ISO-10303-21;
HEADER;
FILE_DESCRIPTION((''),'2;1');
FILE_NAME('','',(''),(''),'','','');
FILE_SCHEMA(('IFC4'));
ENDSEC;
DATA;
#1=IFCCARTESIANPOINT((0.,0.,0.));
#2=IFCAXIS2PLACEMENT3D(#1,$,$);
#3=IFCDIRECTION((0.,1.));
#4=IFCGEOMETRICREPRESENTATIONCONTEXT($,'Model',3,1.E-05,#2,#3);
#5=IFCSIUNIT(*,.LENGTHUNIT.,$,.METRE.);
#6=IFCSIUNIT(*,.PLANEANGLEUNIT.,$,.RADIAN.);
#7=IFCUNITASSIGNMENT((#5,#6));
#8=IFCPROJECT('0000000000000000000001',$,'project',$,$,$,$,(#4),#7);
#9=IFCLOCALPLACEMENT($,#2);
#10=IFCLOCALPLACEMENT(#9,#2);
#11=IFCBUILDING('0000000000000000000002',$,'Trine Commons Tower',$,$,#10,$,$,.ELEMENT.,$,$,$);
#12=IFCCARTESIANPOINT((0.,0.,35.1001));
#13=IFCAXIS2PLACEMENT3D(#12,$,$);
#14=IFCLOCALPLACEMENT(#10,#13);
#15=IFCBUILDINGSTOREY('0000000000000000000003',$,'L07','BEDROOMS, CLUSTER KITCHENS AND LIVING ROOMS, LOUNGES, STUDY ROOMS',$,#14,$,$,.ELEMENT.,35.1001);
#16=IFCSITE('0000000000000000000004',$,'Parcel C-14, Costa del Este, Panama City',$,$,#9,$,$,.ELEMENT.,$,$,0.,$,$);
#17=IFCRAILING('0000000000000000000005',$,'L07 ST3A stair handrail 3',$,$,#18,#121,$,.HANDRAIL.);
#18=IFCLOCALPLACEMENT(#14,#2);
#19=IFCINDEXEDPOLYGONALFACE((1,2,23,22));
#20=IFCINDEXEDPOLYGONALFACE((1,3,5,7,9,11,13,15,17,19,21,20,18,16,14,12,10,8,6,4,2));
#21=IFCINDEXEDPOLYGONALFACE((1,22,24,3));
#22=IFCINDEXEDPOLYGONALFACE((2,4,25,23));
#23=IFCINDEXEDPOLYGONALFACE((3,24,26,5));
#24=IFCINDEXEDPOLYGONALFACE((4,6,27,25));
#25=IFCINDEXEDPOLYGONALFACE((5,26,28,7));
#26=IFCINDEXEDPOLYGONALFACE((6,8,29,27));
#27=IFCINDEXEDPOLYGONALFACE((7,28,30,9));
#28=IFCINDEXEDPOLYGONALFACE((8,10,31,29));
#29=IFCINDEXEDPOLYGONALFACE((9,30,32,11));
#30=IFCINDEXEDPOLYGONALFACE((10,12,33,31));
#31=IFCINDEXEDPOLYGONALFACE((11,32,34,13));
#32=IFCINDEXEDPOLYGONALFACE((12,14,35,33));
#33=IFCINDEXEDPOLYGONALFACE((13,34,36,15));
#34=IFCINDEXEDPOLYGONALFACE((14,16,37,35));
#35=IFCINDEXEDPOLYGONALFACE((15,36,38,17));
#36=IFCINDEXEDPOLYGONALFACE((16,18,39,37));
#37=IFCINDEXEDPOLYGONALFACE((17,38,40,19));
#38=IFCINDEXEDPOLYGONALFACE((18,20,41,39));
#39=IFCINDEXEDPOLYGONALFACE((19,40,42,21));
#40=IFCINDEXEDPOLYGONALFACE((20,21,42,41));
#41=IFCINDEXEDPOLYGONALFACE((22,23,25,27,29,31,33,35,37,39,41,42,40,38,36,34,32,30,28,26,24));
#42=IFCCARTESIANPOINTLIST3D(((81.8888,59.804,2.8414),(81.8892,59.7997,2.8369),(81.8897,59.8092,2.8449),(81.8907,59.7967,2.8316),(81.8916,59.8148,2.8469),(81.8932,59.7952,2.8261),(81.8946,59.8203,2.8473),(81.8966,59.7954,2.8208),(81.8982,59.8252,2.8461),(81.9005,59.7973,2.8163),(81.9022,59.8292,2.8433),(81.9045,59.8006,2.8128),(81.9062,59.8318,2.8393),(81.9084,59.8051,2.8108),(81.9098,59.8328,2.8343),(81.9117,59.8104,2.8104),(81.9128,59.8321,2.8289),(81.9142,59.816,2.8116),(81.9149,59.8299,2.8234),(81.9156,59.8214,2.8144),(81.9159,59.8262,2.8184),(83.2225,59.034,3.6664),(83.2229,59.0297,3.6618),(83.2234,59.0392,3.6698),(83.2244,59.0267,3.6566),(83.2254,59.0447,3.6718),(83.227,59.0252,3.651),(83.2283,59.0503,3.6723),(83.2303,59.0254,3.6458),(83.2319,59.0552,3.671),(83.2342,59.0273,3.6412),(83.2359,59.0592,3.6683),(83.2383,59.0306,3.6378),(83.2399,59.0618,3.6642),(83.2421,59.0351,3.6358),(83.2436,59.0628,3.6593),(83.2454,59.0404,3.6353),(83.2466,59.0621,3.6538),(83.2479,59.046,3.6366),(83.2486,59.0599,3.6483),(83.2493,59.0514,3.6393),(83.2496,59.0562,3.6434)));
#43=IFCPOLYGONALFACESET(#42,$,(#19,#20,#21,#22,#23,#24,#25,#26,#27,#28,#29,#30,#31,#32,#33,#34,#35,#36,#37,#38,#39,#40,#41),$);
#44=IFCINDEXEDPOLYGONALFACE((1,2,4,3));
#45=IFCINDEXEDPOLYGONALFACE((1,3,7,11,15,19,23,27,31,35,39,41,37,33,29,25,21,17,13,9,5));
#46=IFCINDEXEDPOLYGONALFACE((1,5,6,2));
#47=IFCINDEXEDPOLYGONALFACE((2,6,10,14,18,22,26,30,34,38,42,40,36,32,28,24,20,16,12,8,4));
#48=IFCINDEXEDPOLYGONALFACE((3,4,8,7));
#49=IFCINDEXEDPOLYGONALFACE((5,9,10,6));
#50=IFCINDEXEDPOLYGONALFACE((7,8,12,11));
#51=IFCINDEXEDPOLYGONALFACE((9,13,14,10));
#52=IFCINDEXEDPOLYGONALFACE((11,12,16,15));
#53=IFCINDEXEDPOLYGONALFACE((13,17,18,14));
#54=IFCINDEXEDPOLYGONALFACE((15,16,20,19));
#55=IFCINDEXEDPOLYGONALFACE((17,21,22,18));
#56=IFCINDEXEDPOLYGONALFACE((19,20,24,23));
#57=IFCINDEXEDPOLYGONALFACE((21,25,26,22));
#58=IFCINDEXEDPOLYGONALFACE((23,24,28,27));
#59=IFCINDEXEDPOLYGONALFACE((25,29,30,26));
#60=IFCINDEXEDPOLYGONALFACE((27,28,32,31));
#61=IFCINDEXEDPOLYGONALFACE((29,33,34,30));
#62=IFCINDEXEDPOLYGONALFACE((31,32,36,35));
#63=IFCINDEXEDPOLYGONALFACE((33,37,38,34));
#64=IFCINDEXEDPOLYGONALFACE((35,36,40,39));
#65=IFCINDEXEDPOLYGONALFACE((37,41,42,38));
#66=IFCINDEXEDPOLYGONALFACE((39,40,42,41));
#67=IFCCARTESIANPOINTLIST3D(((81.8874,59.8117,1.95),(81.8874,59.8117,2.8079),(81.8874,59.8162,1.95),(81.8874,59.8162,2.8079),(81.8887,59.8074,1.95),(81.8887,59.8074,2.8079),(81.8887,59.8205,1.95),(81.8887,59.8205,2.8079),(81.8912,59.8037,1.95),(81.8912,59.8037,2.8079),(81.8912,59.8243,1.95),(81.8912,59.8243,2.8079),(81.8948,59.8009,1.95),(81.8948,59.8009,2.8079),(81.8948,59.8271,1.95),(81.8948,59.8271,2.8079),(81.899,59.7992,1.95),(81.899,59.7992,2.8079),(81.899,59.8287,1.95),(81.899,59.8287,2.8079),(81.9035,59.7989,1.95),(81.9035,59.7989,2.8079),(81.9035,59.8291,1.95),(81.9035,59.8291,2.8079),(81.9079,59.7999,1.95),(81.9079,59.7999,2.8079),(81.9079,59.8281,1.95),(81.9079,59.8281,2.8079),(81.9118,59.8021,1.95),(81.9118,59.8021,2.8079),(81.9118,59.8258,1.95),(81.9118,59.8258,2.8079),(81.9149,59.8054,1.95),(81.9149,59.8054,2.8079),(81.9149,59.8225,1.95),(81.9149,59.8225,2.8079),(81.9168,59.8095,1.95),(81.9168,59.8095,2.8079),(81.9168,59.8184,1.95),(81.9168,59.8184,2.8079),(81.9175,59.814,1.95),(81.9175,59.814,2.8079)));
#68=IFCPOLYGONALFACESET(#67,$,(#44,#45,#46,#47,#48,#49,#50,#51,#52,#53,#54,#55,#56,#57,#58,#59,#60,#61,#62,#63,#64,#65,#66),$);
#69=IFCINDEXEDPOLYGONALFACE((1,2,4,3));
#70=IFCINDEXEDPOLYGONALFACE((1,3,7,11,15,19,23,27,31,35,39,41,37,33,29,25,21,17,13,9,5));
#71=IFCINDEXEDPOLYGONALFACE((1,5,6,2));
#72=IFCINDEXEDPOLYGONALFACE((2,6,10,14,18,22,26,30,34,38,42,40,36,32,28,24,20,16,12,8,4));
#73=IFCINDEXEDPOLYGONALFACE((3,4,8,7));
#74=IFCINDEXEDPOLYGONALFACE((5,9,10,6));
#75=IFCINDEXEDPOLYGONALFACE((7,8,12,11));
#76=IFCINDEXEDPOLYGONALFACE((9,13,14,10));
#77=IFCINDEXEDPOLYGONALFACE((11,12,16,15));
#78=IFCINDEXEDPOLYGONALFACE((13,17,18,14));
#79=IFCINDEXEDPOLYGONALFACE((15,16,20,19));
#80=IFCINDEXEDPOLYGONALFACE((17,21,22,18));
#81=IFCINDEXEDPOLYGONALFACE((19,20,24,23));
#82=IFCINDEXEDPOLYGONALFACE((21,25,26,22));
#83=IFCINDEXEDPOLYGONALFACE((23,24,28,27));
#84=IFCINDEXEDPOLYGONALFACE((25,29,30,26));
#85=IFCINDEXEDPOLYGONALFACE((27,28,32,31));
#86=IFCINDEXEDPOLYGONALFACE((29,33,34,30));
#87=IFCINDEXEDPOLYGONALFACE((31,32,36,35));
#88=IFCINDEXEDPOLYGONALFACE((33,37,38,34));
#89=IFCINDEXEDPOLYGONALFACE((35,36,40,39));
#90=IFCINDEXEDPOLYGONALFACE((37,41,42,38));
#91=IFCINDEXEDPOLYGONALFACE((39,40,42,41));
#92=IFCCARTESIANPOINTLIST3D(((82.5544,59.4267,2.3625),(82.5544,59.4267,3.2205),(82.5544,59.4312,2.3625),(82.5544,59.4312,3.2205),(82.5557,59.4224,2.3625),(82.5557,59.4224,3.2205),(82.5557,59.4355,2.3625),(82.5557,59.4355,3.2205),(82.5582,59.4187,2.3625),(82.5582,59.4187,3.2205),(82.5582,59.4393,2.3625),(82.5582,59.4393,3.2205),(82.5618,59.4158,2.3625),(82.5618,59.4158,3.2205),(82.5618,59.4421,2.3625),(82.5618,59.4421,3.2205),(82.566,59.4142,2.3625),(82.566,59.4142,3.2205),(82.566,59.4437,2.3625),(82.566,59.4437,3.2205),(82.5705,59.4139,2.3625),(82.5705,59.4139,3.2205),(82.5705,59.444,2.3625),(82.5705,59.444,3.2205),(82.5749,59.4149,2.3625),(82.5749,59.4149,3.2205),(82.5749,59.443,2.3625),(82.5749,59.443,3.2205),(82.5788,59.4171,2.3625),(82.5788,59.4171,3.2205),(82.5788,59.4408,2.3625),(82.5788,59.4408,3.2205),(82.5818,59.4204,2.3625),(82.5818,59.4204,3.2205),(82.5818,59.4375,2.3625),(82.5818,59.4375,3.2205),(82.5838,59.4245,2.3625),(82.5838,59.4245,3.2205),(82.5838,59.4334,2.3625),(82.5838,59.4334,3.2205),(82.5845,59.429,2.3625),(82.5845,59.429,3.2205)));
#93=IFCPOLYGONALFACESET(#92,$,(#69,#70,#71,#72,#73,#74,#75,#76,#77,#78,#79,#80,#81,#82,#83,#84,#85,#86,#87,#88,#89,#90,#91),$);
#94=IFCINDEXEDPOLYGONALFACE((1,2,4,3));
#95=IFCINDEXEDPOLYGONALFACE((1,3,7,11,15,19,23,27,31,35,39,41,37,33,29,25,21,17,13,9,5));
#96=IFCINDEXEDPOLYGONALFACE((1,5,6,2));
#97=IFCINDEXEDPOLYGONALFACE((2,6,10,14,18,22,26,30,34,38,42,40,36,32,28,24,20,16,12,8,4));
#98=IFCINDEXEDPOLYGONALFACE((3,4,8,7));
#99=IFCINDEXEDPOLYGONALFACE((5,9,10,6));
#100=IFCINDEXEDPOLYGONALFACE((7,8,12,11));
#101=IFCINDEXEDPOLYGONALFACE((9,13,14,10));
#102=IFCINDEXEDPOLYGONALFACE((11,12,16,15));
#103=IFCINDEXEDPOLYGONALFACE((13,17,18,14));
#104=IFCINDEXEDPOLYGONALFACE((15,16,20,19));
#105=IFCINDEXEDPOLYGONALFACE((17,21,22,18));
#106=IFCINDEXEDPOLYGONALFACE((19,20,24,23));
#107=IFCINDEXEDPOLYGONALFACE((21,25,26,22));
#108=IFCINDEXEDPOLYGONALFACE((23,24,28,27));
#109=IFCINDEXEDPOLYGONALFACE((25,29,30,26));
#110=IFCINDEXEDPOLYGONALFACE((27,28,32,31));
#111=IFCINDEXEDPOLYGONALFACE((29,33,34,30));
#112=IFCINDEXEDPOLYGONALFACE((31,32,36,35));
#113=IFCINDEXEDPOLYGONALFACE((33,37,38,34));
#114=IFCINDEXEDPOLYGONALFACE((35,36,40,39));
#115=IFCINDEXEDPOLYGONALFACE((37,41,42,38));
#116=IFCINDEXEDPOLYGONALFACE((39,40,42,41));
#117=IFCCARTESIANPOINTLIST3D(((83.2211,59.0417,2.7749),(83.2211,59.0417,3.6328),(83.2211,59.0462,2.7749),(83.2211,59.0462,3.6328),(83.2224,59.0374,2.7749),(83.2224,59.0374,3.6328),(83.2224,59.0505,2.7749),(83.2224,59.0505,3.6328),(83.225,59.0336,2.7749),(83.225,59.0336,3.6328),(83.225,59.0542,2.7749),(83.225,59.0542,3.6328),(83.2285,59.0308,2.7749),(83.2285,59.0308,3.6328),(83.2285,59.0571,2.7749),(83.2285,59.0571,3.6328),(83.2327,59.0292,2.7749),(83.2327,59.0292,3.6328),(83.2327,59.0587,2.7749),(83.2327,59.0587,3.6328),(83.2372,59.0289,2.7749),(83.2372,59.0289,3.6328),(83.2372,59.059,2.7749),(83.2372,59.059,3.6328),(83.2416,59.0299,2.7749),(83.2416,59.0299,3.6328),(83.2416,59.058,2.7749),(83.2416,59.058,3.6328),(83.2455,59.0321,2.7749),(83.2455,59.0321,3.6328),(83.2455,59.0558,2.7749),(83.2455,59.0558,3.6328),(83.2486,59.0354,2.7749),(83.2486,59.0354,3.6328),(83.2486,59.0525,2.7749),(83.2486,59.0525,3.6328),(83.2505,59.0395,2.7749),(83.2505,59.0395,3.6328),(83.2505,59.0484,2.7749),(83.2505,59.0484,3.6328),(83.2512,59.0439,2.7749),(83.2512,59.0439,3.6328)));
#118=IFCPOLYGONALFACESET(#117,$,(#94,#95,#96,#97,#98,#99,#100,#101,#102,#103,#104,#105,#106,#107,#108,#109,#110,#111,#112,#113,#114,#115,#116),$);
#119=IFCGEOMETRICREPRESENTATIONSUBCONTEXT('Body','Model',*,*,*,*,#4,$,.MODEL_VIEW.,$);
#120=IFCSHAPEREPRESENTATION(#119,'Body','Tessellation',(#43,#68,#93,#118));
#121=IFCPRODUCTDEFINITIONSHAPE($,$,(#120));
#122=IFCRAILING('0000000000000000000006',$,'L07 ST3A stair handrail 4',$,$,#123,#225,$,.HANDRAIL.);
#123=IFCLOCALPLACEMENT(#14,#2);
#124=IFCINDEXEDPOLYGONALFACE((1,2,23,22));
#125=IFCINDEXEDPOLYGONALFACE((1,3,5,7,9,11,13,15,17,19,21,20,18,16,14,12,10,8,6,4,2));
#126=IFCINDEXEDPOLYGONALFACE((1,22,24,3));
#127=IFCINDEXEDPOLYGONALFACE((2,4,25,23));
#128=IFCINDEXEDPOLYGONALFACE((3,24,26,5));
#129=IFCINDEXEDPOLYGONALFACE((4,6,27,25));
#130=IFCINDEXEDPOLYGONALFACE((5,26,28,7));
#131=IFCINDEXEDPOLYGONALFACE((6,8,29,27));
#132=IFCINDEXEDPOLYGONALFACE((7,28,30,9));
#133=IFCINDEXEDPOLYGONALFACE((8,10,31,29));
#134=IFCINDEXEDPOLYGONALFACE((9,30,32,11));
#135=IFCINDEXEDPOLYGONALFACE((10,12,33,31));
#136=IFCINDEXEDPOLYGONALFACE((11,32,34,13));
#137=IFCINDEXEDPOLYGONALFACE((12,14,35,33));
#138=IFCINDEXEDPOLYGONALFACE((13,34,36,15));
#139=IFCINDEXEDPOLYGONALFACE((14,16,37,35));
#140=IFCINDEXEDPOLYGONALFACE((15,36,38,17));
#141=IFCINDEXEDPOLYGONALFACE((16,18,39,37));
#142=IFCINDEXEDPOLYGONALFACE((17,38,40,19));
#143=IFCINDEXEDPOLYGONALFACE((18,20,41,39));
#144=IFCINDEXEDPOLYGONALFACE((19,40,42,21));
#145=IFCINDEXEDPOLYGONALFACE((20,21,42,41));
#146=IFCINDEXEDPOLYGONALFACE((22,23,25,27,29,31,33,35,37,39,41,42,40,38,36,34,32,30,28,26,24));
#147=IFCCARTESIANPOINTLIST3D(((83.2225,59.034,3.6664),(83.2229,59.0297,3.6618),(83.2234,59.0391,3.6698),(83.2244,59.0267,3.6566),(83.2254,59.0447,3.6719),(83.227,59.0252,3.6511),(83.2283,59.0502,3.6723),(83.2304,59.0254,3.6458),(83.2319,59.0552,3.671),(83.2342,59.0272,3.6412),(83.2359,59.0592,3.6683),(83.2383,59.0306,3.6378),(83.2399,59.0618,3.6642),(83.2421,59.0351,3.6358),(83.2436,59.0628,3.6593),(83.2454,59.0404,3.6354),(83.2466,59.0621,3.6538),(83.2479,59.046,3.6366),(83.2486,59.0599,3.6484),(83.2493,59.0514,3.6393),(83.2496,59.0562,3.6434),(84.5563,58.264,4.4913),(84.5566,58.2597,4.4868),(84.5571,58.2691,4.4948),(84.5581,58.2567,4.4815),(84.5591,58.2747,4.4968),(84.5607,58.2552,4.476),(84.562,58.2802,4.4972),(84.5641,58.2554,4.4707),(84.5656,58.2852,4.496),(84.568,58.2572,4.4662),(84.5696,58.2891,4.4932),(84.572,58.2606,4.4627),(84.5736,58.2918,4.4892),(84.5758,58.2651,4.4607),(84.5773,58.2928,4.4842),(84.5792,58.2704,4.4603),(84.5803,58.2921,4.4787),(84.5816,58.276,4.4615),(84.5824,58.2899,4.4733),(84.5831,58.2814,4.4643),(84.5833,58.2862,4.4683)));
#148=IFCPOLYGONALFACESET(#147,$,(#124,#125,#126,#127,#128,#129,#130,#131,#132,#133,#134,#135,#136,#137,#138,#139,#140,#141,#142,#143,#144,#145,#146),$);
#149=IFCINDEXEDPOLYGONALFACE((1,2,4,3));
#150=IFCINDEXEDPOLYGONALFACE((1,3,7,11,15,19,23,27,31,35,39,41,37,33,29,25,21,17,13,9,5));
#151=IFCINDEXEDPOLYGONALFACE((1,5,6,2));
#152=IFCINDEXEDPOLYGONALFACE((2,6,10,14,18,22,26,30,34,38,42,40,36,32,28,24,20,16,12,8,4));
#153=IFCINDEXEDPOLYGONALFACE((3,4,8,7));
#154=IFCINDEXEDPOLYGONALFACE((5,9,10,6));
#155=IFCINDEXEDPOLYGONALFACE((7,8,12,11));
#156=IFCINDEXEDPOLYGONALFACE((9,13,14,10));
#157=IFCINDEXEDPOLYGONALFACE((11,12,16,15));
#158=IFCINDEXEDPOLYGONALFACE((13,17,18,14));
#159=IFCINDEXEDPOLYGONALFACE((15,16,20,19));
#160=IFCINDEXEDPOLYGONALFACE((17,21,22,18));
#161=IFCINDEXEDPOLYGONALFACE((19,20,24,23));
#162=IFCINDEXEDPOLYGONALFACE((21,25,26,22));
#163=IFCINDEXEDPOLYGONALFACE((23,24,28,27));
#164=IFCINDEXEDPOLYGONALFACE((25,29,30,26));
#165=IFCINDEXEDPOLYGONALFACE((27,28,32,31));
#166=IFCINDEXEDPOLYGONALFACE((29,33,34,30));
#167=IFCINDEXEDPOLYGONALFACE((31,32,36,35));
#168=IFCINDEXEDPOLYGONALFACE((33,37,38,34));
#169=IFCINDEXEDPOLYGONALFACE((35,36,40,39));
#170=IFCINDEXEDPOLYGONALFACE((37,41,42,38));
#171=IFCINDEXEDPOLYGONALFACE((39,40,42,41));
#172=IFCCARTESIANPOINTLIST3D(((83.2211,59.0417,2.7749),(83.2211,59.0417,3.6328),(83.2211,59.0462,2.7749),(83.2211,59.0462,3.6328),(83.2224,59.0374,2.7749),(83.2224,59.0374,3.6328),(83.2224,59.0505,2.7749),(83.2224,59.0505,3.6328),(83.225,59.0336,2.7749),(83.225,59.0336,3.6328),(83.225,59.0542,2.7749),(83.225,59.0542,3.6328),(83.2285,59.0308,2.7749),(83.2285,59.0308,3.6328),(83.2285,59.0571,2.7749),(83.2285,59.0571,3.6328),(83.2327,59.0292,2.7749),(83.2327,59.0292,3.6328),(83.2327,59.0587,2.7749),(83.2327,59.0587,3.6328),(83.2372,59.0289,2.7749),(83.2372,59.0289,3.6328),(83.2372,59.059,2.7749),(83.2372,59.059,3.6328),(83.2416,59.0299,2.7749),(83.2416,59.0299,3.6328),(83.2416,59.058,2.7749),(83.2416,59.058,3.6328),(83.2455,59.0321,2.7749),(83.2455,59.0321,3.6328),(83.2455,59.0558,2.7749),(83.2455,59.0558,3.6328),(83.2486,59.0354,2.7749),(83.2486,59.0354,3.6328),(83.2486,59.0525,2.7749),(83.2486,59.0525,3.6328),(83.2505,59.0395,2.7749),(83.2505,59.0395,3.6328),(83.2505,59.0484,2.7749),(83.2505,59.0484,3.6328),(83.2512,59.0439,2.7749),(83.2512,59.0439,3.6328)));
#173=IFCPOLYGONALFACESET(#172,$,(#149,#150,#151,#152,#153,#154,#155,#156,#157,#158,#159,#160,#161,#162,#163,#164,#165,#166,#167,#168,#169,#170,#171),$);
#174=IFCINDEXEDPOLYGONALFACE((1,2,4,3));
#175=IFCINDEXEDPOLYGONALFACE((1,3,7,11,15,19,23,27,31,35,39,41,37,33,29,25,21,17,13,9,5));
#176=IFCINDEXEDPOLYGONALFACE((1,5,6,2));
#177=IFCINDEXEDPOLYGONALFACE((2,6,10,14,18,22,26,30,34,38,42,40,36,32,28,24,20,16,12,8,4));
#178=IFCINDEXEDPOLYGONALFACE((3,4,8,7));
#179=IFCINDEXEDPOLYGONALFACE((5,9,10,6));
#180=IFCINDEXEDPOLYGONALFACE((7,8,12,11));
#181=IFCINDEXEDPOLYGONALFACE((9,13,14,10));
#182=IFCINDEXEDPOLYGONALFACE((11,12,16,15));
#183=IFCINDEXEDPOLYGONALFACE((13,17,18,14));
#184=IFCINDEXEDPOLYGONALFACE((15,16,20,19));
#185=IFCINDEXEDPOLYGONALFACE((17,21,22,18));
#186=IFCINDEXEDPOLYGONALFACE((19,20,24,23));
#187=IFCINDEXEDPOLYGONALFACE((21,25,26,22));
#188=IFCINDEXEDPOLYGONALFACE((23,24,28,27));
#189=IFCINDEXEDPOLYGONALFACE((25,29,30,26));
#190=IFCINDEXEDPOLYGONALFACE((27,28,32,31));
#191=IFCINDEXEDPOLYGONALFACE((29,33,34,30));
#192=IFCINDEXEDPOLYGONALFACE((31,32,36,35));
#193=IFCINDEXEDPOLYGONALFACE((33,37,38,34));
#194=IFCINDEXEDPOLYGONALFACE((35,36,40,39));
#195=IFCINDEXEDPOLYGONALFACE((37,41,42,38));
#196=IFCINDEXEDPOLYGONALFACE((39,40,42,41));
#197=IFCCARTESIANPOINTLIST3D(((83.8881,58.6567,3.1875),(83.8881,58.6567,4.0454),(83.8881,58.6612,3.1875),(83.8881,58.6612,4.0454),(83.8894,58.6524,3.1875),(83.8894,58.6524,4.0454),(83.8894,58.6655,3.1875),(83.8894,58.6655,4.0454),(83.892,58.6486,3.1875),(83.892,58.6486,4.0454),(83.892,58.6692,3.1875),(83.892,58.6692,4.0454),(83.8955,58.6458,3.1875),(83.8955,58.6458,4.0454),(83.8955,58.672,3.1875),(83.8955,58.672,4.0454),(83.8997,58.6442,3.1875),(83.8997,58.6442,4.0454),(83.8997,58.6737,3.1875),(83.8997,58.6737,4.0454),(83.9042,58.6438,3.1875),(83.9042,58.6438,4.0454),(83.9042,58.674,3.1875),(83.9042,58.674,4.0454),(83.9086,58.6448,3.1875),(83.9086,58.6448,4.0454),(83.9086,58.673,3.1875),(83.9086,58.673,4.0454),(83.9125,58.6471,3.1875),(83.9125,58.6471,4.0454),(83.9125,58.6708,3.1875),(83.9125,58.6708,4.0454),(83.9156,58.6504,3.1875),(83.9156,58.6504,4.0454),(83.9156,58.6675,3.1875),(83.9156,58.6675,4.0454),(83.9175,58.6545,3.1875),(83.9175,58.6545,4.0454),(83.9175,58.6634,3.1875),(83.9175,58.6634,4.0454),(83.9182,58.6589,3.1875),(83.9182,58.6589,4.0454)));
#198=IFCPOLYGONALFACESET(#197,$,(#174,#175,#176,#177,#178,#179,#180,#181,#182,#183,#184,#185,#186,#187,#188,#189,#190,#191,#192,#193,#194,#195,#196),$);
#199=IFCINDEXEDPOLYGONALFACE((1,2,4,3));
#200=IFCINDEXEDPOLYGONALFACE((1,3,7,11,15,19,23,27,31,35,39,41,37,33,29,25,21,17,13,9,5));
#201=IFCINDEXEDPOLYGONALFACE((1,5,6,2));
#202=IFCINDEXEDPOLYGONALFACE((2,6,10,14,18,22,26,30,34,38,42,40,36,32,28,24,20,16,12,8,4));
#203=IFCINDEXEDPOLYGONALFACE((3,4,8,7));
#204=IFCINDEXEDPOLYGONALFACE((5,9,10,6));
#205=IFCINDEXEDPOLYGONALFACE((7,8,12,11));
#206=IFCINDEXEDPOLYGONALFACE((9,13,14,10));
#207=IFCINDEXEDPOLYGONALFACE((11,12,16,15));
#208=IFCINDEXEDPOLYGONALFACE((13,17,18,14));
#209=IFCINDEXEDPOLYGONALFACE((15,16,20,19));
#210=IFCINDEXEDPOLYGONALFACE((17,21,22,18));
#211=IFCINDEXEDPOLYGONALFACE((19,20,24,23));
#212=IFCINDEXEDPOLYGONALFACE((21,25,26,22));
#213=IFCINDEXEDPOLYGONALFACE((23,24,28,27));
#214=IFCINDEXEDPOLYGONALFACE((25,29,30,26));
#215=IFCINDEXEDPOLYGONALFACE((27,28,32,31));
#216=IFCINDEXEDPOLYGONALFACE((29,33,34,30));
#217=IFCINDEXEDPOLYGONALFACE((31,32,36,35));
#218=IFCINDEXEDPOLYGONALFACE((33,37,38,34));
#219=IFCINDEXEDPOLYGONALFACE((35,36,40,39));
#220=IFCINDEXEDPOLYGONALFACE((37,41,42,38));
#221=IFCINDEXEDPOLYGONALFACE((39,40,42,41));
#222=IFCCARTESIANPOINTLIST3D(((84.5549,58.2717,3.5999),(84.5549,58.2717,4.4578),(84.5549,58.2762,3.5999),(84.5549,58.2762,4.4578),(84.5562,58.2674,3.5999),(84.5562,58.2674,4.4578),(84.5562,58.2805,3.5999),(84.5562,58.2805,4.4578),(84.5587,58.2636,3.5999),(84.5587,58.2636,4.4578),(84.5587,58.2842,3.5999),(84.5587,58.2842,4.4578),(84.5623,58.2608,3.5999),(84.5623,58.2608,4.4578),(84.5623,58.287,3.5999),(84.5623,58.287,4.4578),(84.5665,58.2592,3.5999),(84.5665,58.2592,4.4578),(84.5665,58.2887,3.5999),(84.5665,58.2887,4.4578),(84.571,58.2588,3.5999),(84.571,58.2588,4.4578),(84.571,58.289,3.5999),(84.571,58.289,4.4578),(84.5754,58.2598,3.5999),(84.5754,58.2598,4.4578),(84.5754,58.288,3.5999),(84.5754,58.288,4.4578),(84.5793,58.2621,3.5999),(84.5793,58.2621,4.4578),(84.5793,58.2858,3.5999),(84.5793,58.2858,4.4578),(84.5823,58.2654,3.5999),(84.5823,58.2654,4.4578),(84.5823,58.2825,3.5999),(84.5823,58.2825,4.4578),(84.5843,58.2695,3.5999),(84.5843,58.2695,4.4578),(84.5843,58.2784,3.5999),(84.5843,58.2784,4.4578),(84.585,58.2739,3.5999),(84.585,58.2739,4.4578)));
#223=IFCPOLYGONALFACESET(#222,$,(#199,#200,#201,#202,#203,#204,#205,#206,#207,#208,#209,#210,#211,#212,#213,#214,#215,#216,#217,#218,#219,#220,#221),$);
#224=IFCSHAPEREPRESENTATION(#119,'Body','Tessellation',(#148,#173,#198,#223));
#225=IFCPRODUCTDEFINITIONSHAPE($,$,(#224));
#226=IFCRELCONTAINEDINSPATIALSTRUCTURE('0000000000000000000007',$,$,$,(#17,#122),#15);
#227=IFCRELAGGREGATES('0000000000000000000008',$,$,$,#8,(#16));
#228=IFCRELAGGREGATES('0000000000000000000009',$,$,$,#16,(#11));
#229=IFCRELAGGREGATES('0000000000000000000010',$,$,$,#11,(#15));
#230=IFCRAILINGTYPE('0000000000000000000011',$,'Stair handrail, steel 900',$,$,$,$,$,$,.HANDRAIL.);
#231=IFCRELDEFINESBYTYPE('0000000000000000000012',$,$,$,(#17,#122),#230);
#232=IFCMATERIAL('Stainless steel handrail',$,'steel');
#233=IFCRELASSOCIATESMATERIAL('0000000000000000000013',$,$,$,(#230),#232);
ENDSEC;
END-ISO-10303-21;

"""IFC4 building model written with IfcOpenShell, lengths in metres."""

from ifc_helpers import new_model, si_unit, direction, frame, origin, origin_2d, place, context, subcontext, project, spatial, circle, extrude, material, type_object, element, save


model = new_model("IFC4")

# Units and contexts
model_context = context("Model", 3, precision=1e-05, world=origin(), true_north=direction((0.0, 1.0)))
body_context = subcontext(model_context, "Body", "Model", "MODEL_VIEW")
ifc_project = project(units=[si_unit("LENGTHUNIT", "METRE"), si_unit("PLANEANGLEUNIT", "RADIAN")], contexts=[model_context])

# Site, building, storey
site_placement = place(None, origin())
site = spatial("IfcSite", under=ifc_project, at=site_placement, Name="Parcel C-14, Costa del Este, Panama City", CompositionType="ELEMENT", RefElevation=0.0)
building_placement = place(site_placement, origin())
building = spatial("IfcBuilding", under=site, at=building_placement, Name="Trine Commons Tower", CompositionType="ELEMENT")
storey_placement = place(building_placement, frame((0.0, 0.0, 35.1001)))
storey = spatial("IfcBuildingStorey", under=building, at=storey_placement, Name="L07", Description="BEDROOMS, CLUSTER KITCHENS AND LIVING ROOMS, LOUNGES, STUDY ROOMS", CompositionType="ELEMENT", Elevation=35.1001)

# Railings
ifc_material_1 = material(Name="Stainless steel handrail", Category="steel")
railing_type_1 = type_object("IfcRailingType", Name="Stair handrail, steel 900", PredefinedType="HANDRAIL", material=ifc_material_1)
for number, where, name in (
    (1, (81.9023, 59.814, 1.95), "L07 ST3A stair handrail 3"),
    (2, (83.2361, 59.0439, 2.7749), "L07 ST3A stair handrail 4"),
):
    element("IfcRailing", number, at=place(storey_placement, frame(where)), inside=storey, type_object=railing_type_1, Name=name, PredefinedType="HANDRAIL", context=body_context, shape_type="SweptSolid", body=[
        extrude(circle(Radius=0.021, at=origin_2d()), frame((0.0, 0.0, 0.8789), z_axis=(0.763405, -0.440743, 0.472185), x_axis=(0.499992, 0.86603, 0.0)), (0.0, 0.0, 1.0), 1.7471),
        extrude(circle(Radius=0.0151, at=origin_2d()), origin(), (0.0, 0.0, 1.0), 0.8579),
        extrude(circle(Radius=0.0151, at=origin_2d()), frame((0.667, -0.385, 0.4126)), (0.0, 0.0, 1.0), 0.8579),
        extrude(circle(Radius=0.0151, at=origin_2d()), frame((1.3337, -0.77, 0.825)), (0.0, 0.0, 1.0), 0.8579),
    ])

save(model, "model.ifc")
